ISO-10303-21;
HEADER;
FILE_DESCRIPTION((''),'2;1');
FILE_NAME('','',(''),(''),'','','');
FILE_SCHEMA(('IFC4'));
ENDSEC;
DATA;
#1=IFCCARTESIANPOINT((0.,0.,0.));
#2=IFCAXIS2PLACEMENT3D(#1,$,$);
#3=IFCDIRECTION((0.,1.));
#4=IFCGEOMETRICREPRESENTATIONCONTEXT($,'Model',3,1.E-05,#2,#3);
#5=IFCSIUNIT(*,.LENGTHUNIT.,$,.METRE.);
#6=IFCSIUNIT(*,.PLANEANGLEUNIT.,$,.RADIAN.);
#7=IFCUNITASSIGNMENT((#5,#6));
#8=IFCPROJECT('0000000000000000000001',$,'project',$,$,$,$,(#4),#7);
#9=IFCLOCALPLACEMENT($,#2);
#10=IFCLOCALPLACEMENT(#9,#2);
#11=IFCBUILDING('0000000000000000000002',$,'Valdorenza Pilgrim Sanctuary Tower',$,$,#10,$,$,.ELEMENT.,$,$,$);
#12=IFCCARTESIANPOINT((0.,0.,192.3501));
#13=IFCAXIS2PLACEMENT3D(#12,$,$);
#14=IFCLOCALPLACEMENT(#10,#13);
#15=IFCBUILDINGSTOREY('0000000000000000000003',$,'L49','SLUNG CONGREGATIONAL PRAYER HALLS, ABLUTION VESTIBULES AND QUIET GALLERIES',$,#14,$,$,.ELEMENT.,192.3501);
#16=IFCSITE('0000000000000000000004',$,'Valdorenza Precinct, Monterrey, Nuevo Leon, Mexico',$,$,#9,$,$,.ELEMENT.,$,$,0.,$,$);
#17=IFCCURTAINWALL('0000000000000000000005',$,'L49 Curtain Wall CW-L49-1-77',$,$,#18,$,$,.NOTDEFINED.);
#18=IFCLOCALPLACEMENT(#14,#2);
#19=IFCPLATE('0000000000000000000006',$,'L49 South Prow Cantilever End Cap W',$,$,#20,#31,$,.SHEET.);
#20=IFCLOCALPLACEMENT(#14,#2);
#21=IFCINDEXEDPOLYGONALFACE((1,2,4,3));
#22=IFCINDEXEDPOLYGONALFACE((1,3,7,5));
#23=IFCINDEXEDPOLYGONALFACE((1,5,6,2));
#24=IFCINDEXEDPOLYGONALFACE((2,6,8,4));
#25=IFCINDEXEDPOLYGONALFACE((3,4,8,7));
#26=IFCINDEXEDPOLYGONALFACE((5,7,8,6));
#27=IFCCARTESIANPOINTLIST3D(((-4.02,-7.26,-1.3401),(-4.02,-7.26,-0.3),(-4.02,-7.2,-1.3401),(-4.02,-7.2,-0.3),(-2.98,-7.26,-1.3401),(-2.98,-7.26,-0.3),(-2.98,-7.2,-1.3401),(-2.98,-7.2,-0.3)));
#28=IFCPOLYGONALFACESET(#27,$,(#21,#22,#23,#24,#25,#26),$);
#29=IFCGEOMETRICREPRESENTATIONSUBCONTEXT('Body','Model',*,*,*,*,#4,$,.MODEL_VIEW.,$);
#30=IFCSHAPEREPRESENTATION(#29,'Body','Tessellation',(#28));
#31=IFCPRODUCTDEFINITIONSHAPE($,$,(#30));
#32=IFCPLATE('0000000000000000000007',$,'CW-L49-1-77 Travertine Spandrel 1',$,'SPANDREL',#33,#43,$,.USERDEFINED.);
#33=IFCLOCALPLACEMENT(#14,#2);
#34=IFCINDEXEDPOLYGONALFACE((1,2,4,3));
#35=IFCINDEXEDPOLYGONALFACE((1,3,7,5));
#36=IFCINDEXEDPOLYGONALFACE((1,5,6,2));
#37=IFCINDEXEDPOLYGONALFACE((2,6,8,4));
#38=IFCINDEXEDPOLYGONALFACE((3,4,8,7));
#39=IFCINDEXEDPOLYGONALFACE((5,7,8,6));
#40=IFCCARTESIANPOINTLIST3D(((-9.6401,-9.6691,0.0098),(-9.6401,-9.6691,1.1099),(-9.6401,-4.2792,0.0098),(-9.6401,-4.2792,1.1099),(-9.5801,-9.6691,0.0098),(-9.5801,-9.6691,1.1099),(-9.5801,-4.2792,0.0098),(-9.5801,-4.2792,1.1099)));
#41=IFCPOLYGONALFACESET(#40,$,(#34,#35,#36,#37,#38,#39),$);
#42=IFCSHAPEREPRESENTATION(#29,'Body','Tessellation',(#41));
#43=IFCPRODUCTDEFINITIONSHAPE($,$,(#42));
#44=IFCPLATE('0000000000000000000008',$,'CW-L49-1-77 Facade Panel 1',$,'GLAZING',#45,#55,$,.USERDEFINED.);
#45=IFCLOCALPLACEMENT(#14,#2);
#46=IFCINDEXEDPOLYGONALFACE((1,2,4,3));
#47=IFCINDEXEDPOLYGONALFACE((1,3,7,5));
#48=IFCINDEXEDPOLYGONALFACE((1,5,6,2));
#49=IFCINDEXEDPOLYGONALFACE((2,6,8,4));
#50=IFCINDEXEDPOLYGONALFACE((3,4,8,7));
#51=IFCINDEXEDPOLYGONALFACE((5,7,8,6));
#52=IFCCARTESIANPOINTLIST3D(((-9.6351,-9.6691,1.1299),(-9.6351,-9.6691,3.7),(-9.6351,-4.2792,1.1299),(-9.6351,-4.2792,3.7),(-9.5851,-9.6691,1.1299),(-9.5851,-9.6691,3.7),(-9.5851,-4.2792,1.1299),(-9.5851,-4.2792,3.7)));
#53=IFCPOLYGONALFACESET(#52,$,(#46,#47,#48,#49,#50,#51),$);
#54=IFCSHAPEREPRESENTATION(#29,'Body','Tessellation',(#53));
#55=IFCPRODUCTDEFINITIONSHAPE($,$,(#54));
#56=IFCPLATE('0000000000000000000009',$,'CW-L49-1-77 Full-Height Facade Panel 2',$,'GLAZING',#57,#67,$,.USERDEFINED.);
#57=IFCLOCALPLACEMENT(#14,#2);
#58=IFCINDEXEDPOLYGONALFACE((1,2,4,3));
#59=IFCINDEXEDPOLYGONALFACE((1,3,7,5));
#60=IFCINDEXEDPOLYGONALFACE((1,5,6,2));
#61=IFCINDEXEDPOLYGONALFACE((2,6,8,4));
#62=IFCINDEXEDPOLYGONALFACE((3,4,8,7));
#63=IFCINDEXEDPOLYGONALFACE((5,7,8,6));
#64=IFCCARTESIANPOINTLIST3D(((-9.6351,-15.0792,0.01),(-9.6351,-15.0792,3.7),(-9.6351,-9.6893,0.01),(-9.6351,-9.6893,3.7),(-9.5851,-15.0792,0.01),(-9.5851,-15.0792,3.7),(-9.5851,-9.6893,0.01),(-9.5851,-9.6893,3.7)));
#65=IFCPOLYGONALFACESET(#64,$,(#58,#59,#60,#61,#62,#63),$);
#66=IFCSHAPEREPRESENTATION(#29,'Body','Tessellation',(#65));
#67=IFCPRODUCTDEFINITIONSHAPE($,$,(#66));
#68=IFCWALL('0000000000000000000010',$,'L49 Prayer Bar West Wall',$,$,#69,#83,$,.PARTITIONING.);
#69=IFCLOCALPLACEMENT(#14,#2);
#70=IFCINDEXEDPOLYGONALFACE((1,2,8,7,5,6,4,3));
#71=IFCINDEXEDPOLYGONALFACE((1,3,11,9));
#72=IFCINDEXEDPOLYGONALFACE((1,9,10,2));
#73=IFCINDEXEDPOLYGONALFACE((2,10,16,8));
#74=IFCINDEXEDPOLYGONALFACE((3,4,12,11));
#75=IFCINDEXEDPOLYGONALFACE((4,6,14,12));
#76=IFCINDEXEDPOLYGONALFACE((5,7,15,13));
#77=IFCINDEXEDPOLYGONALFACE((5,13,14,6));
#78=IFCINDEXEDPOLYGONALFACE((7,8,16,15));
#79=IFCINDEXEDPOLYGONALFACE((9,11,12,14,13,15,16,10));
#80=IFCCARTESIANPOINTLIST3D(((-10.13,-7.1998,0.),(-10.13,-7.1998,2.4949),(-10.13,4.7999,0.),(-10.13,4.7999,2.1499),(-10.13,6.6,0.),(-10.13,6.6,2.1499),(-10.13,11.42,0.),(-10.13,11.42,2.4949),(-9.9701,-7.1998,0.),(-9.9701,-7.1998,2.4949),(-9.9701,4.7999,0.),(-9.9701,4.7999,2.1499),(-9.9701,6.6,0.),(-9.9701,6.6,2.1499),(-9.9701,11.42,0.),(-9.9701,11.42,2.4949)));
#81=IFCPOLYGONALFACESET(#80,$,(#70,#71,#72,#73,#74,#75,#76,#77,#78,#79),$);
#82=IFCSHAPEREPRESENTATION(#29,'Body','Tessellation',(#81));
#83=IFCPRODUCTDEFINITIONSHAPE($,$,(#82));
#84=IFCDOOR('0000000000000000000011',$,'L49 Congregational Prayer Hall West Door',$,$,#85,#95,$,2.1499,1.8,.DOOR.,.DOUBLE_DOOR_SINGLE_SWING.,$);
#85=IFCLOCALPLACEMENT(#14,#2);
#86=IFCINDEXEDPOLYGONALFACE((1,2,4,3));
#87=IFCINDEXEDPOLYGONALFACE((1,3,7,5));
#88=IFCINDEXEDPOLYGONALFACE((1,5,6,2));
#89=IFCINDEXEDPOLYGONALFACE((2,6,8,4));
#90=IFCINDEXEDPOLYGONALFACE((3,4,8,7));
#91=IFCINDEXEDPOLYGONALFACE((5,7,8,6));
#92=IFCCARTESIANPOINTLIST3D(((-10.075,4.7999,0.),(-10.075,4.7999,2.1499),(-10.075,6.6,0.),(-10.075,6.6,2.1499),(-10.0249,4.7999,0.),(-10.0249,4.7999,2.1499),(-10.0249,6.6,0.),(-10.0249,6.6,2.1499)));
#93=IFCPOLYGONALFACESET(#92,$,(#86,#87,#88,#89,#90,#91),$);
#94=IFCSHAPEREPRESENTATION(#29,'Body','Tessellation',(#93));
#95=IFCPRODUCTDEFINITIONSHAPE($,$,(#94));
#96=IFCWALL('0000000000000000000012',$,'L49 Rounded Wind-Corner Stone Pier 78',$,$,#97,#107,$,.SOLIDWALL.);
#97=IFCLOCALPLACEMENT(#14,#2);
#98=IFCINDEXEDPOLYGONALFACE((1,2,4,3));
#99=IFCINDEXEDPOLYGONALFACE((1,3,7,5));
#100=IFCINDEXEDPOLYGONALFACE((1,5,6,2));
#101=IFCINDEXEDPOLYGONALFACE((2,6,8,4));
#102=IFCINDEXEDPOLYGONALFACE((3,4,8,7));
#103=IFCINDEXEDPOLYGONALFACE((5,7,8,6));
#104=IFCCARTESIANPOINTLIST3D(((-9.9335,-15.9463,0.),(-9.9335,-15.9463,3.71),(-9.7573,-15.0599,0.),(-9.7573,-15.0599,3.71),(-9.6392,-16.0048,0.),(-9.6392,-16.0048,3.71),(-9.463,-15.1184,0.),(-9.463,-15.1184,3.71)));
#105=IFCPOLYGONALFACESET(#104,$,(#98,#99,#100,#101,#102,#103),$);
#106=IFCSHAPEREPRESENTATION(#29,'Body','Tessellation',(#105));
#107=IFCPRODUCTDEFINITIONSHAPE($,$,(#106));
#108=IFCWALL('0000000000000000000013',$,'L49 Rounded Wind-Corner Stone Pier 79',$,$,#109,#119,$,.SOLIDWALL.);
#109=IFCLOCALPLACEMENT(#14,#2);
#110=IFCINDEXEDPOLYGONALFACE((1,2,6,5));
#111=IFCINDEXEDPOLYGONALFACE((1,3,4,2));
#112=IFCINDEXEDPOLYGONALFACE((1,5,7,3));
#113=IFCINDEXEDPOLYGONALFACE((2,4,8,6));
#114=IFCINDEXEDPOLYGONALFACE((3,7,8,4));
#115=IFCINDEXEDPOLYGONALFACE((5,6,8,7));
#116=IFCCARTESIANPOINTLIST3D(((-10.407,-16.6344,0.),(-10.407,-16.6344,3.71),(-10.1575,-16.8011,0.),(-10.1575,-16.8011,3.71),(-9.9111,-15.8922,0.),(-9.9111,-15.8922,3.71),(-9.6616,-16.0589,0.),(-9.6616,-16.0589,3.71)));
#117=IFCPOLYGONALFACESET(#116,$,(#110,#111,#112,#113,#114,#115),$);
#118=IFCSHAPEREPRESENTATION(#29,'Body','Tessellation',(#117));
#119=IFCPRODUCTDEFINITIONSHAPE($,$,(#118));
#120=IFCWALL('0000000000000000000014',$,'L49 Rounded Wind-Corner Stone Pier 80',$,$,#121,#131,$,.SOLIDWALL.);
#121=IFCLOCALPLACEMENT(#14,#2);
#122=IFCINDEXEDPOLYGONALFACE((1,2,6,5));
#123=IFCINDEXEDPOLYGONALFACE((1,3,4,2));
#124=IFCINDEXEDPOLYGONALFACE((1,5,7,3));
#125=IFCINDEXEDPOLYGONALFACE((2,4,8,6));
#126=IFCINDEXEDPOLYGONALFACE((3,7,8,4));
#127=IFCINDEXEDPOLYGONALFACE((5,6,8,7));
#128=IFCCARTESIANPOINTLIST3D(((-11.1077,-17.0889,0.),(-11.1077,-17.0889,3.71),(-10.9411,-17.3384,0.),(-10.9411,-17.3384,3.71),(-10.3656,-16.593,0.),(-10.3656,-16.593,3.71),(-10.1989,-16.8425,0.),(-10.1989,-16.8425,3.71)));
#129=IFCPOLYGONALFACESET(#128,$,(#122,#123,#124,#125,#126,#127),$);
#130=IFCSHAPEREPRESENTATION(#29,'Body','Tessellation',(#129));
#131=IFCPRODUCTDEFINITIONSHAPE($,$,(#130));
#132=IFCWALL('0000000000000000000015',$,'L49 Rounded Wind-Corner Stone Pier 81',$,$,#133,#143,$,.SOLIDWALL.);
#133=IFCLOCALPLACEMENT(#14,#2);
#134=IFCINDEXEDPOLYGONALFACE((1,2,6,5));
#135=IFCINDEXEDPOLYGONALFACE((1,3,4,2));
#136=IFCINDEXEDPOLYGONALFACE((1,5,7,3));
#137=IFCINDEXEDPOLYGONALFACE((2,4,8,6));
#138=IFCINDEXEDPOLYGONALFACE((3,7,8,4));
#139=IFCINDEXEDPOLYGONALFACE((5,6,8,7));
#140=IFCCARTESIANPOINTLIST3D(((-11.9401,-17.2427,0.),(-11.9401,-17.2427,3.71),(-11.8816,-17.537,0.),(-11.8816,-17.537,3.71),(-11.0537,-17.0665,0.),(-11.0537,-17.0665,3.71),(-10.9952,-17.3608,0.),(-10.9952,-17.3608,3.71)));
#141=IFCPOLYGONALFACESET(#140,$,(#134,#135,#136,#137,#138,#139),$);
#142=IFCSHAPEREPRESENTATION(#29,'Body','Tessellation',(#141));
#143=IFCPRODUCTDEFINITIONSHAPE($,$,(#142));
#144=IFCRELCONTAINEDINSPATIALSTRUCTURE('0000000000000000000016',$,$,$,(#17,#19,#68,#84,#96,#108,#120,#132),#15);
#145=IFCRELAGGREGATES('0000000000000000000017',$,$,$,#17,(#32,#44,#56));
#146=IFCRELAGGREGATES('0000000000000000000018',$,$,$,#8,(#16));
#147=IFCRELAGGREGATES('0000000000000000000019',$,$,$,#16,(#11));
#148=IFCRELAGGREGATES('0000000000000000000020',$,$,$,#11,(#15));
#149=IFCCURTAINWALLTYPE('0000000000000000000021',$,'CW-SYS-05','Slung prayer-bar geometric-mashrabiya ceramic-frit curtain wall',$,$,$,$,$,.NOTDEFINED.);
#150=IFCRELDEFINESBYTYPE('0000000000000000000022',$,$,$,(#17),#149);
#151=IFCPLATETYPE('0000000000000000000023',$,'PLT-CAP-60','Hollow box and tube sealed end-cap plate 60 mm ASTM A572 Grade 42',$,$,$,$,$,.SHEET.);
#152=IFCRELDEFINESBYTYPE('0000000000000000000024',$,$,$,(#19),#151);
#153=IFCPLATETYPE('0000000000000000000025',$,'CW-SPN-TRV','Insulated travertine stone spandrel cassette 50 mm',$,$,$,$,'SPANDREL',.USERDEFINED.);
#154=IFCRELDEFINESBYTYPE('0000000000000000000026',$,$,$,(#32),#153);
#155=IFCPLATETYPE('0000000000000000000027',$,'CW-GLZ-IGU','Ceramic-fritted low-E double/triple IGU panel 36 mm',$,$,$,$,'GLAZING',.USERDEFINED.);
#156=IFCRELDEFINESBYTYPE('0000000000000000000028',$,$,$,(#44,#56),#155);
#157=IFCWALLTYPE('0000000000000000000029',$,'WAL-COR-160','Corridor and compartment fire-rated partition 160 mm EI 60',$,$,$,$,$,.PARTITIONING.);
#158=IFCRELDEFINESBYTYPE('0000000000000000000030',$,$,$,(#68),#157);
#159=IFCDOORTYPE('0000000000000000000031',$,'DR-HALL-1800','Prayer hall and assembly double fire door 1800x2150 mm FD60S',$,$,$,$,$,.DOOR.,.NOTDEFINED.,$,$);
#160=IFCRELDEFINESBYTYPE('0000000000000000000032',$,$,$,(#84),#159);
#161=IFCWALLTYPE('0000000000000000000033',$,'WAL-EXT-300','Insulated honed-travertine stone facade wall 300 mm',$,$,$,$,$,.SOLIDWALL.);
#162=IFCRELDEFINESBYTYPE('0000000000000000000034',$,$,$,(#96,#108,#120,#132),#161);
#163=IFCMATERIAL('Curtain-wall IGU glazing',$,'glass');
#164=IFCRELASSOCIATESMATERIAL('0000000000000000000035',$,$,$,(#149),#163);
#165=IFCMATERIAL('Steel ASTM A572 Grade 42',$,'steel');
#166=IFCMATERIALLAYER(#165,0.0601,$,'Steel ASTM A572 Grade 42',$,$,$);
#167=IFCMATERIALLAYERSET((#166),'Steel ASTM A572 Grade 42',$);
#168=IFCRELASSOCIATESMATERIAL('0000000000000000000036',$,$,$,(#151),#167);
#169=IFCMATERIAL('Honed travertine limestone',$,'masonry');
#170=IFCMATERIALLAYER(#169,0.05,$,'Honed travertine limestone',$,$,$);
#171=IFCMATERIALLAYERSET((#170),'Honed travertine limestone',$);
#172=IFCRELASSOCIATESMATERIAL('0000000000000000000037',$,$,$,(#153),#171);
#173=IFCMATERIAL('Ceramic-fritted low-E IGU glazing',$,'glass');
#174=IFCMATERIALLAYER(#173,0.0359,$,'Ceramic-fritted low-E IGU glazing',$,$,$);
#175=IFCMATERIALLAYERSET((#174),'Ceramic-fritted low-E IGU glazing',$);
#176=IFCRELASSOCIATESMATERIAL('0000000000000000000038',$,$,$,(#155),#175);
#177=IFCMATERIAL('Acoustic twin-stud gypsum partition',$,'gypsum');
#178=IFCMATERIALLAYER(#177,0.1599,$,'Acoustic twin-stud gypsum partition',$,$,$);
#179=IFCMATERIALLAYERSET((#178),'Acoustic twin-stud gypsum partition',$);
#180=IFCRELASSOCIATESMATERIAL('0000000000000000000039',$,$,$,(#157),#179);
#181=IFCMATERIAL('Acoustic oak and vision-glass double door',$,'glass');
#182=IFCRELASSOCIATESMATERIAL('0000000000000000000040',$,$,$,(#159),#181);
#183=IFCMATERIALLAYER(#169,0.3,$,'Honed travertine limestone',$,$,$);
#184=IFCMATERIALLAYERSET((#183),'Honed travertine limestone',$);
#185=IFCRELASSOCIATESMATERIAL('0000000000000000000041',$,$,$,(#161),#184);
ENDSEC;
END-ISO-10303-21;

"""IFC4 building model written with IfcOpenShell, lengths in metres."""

from ifc_helpers import new_model, si_unit, direction, frame, frame_2d, origin, origin_2d, place, context, subcontext, project, spatial, rectangle, extrude, source, transform, mapped, material, layer, layer_set, type_object, element, fill, aggregate, save


model = new_model("IFC4")

# Units and contexts
model_context = context("Model", 3, precision=1e-05, world=origin(), true_north=direction((0.0, 1.0)))
body_context = subcontext(model_context, "Body", "Model", "MODEL_VIEW")
ifc_project = project(units=[si_unit("LENGTHUNIT", "METRE"), si_unit("PLANEANGLEUNIT", "RADIAN")], contexts=[model_context])

# Site, building, storey
site_placement = place(None, origin())
site = spatial("IfcSite", under=ifc_project, at=site_placement, Name="Valdorenza Precinct, Monterrey, Nuevo Leon, Mexico", CompositionType="ELEMENT", RefElevation=0.0)
building_placement = place(site_placement, origin())
building = spatial("IfcBuilding", under=site, at=building_placement, Name="Valdorenza Pilgrim Sanctuary Tower", CompositionType="ELEMENT")
storey_placement = place(building_placement, frame((0.0, 0.0, 192.3501)))
storey = spatial("IfcBuildingStorey", under=building, at=storey_placement, Name="L49", Description="SLUNG CONGREGATIONAL PRAYER HALLS, ABLUTION VESTIBULES AND QUIET GALLERIES", CompositionType="ELEMENT", Elevation=192.3501)

# Curtain wall
ifc_material_1 = material(Name="Curtain-wall IGU glazing", Category="glass")
curtain_wall_type_1 = type_object("IfcCurtainWallType", Name="CW-SYS-05", Description="Slung prayer-bar geometric-mashrabiya ceramic-frit curtain wall", PredefinedType="NOTDEFINED", material=ifc_material_1)
curtain_wall_1_placement = place(storey_placement, origin())
curtain_wall_1 = element("IfcCurtainWall", 1, at=curtain_wall_1_placement, inside=storey, type_object=curtain_wall_type_1, Name="L49 Curtain Wall CW-L49-1-77", PredefinedType="NOTDEFINED")

# Plates
ifc_material_2 = material(Name="Steel ASTM A572 Grade 42", Category="steel")
ifc_layer_1 = layer(ifc_material_2, 0.0601, Name="Steel ASTM A572 Grade 42")
ifc_layer_set_1 = layer_set([ifc_layer_1], Name="Steel ASTM A572 Grade 42")
plate_type_1 = type_object("IfcPlateType", Name="PLT-CAP-60", Description="Hollow box and tube sealed end-cap plate 60 mm ASTM A572 Grade 42", PredefinedType="SHEET", material=ifc_layer_set_1)
shared_shape_1 = source(origin(), body_context, "Body", "SweptSolid", [
    extrude(rectangle(XDim=1.04, YDim=0.0601, at=origin_2d()), origin(), (0.0, 0.0, 1.0), 1.04),
])
plate_1_placement = place(storey_placement, frame((-3.5, -7.23, -1.3401), z_axis=(0.0, 0.0, 1.0), x_axis=(1.0, 0.0, 0.0)))
element("IfcPlate", 2, at=plate_1_placement, inside=storey, type_object=plate_type_1, Name="L49 South Prow Cantilever End Cap W", PredefinedType="SHEET", context=body_context, shape_type="MappedRepresentation", body=[
    mapped(shared_shape_1, transform((0.0, 0.0, 0.0), x_axis=(1.0, 0.0, 0.0), y_axis=(0.0, 1.0, 0.0), z_axis=(0.0, 0.0, 1.0), scale=1.0)),
])
ifc_material_3 = material(Name="Honed travertine limestone", Category="masonry")
ifc_layer_2 = layer(ifc_material_3, 0.05, Name="Honed travertine limestone")
ifc_layer_set_2 = layer_set([ifc_layer_2], Name="Honed travertine limestone")
plate_type_2 = type_object("IfcPlateType", Name="CW-SPN-TRV", Description="Insulated travertine stone spandrel cassette 50 mm", ElementType="SPANDREL", PredefinedType="USERDEFINED", material=ifc_layer_set_2)
shared_shape_2 = source(origin(), body_context, "Body", "SweptSolid", [
    extrude(rectangle(XDim=5.3899, YDim=0.0601, at=origin_2d()), origin(), (0.0, 0.0, 1.0), 1.1001),
])
plate_2_placement = place(storey_placement, frame((-9.6101, -6.9741, 0.0098), z_axis=(0.0, 0.0, 1.0), x_axis=(0.0, -1.0, 0.0)))
plate_2 = element("IfcPlate", 3, at=plate_2_placement, type_object=plate_type_2, Name="CW-L49-1-77 Travertine Spandrel 1", ObjectType="SPANDREL", PredefinedType="USERDEFINED", context=body_context, shape_type="MappedRepresentation", body=[
    mapped(shared_shape_2, transform((0.0, 0.0, 0.0), x_axis=(1.0, 0.0, 0.0), y_axis=(0.0, 1.0, 0.0), z_axis=(0.0, 0.0, 1.0), scale=1.0)),
])
ifc_material_4 = material(Name="Ceramic-fritted low-E IGU glazing", Category="glass")
ifc_layer_3 = layer(ifc_material_4, 0.0359, Name="Ceramic-fritted low-E IGU glazing")
ifc_layer_set_3 = layer_set([ifc_layer_3], Name="Ceramic-fritted low-E IGU glazing")
plate_type_3 = type_object("IfcPlateType", Name="CW-GLZ-IGU", Description="Ceramic-fritted low-E double/triple IGU panel 36 mm", ElementType="GLAZING", PredefinedType="USERDEFINED", material=ifc_layer_set_3)
shared_shape_3 = source(origin(), body_context, "Body", "SweptSolid", [
    extrude(rectangle(XDim=5.3899, YDim=0.05, at=origin_2d()), origin(), (0.0, 0.0, 1.0), 2.5701),
])
plate_3_placement = place(storey_placement, frame((-9.6101, -6.9741, 1.1299), z_axis=(0.0, 0.0, 1.0), x_axis=(0.0, -1.0, 0.0)))
plate_3 = element("IfcPlate", 4, at=plate_3_placement, type_object=plate_type_3, Name="CW-L49-1-77 Facade Panel 1", ObjectType="GLAZING", PredefinedType="USERDEFINED", context=body_context, shape_type="MappedRepresentation", body=[
    mapped(shared_shape_3, transform((0.0, 0.0, 0.0), x_axis=(1.0, 0.0, 0.0), y_axis=(0.0, 1.0, 0.0), z_axis=(0.0, 0.0, 1.0), scale=1.0)),
])
shared_shape_4 = source(origin(), body_context, "Body", "SweptSolid", [
    extrude(rectangle(XDim=5.3899, YDim=0.05, at=origin_2d()), origin(), (0.0, 0.0, 1.0), 3.6899),
])
plate_4_placement = place(storey_placement, frame((-9.6101, -12.3843, 0.01), z_axis=(0.0, 0.0, 1.0), x_axis=(0.0, -1.0, 0.0)))
plate_4 = element("IfcPlate", 5, at=plate_4_placement, type_object=plate_type_3, Name="CW-L49-1-77 Full-Height Facade Panel 2", ObjectType="GLAZING", PredefinedType="USERDEFINED", context=body_context, shape_type="MappedRepresentation", body=[
    mapped(shared_shape_4, transform((0.0, 0.0, 0.0), x_axis=(1.0, 0.0, 0.0), y_axis=(0.0, 1.0, 0.0), z_axis=(0.0, 0.0, 1.0), scale=1.0)),
])
aggregate(curtain_wall_1, [plate_2, plate_3, plate_4])

# Wall, opening, door
ifc_material_5 = material(Name="Acoustic twin-stud gypsum partition", Category="gypsum")
ifc_layer_4 = layer(ifc_material_5, 0.1599, Name="Acoustic twin-stud gypsum partition")
ifc_layer_set_4 = layer_set([ifc_layer_4], Name="Acoustic twin-stud gypsum partition")
wall_type_1 = type_object("IfcWallType", Name="WAL-COR-160", Description="Corridor and compartment fire-rated partition 160 mm EI 60", PredefinedType="PARTITIONING", material=ifc_layer_set_4)
wall_1_placement = place(storey_placement, frame((-10.05, -7.2, 0.0), z_axis=(0.0, 0.0, 1.0), x_axis=(0.0, 1.0, 0.0)))
wall_1 = element("IfcWall", 6, at=wall_1_placement, inside=storey, type_object=wall_type_1, Name="L49 Prayer Bar West Wall", PredefinedType="PARTITIONING", context=body_context, shape_type="SweptSolid", body=[
    extrude(rectangle(XDim=18.6199, YDim=0.1599, at=frame_2d((9.3101, 0.0))), origin(), (0.0, 0.0, 1.0), 2.4949),
])
opening_placement = place(wall_1_placement, frame((12.0, 0.0, 0.0)))
opening = element("IfcOpeningElement", 7, at=opening_placement, cuts=wall_1, PredefinedType="OPENING", context=body_context, shape_type="SweptSolid", body=[
    extrude(rectangle(XDim=1.8, YDim=2.1499, at=frame_2d((0.8999, 1.075))), frame((0.0, 0.0947, 0.0), z_axis=(0.0, -1.0, 0.0), x_axis=(1.0, 0.0, 0.0)), (0.0, 0.0, 1.0), 0.1897),
])
ifc_material_6 = material(Name="Acoustic oak and vision-glass double door", Category="glass")
door_type = type_object("IfcDoorType", Name="DR-HALL-1800", Description="Prayer hall and assembly double fire door 1800x2150 mm FD60S", OperationType="NOTDEFINED", PredefinedType="DOOR", material=ifc_material_6)
door_placement = place(opening_placement, origin())
door = element("IfcDoor", 8, at=door_placement, inside=storey, type_object=door_type, Name="L49 Congregational Prayer Hall West Door", OperationType="DOUBLE_DOOR_SINGLE_SWING", OverallHeight=2.1499, OverallWidth=1.8, PredefinedType="DOOR", context=body_context, shape_type="SweptSolid", body=[
    extrude(rectangle(XDim=1.8, YDim=2.1499, at=frame_2d((0.8999, 1.075))), frame((0.0, 0.0249, 0.0), z_axis=(0.0, -1.0, 0.0), x_axis=(1.0, 0.0, 0.0)), (0.0, 0.0, 1.0), 0.05),
])
fill(opening, door)

# Walls
ifc_layer_5 = layer(ifc_material_3, 0.3, Name="Honed travertine limestone")
ifc_layer_set_5 = layer_set([ifc_layer_5], Name="Honed travertine limestone")
wall_type_2 = type_object("IfcWallType", Name="WAL-EXT-300", Description="Insulated honed-travertine stone facade wall 300 mm", PredefinedType="SOLIDWALL", material=ifc_layer_set_5)
wall_2_placement = place(storey_placement, frame((-9.6101, -15.0891, 0.0), z_axis=(0.0, 0.0, 1.0), x_axis=(-0.195025, -0.980798, 0.0)))
element("IfcWall", 9, at=wall_2_placement, inside=storey, type_object=wall_type_2, Name="L49 Rounded Wind-Corner Stone Pier 78", PredefinedType="SOLIDWALL", context=body_context, shape_type="SweptSolid", body=[
    extrude(rectangle(XDim=0.9038, YDim=0.3, at=frame_2d((0.4519, 0.0))), origin(), (0.0, 0.0, 1.0), 3.71),
])
for number, where, z_axis, x_axis, name in (
    (10, (-9.7864, -15.9756, 0.0), (0.0, 0.0, 1.0), (-0.55552, -0.831503, 0.0), "L49 Rounded Wind-Corner Stone Pier 79"),
    (11, (-10.2822, -16.7178, 0.0), (0.0, 0.0, 1.0), (-0.831503, -0.55552, 0.0), "L49 Rounded Wind-Corner Stone Pier 80"),
):
    element("IfcWall", number, at=place(storey_placement, frame(where, z_axis=z_axis, x_axis=x_axis)), inside=storey, type_object=wall_type_2, Name=name, PredefinedType="SOLIDWALL", context=body_context, shape_type="SweptSolid", body=[
        extrude(rectangle(XDim=0.8926, YDim=0.3, at=frame_2d((0.4463, 0.0))), origin(), (0.0, 0.0, 1.0), 3.71),
    ])
wall_3_placement = place(storey_placement, frame((-11.0244, -17.2136, 0.0), z_axis=(0.0, 0.0, 1.0), x_axis=(-0.980798, -0.195025, 0.0)))
element("IfcWall", 12, at=wall_3_placement, inside=storey, type_object=wall_type_2, Name="L49 Rounded Wind-Corner Stone Pier 81", PredefinedType="SOLIDWALL", context=body_context, shape_type="SweptSolid", body=[
    extrude(rectangle(XDim=0.9038, YDim=0.3, at=frame_2d((0.4519, 0.0))), origin(), (0.0, 0.0, 1.0), 3.71),
])

save(model, "model.ifc")
